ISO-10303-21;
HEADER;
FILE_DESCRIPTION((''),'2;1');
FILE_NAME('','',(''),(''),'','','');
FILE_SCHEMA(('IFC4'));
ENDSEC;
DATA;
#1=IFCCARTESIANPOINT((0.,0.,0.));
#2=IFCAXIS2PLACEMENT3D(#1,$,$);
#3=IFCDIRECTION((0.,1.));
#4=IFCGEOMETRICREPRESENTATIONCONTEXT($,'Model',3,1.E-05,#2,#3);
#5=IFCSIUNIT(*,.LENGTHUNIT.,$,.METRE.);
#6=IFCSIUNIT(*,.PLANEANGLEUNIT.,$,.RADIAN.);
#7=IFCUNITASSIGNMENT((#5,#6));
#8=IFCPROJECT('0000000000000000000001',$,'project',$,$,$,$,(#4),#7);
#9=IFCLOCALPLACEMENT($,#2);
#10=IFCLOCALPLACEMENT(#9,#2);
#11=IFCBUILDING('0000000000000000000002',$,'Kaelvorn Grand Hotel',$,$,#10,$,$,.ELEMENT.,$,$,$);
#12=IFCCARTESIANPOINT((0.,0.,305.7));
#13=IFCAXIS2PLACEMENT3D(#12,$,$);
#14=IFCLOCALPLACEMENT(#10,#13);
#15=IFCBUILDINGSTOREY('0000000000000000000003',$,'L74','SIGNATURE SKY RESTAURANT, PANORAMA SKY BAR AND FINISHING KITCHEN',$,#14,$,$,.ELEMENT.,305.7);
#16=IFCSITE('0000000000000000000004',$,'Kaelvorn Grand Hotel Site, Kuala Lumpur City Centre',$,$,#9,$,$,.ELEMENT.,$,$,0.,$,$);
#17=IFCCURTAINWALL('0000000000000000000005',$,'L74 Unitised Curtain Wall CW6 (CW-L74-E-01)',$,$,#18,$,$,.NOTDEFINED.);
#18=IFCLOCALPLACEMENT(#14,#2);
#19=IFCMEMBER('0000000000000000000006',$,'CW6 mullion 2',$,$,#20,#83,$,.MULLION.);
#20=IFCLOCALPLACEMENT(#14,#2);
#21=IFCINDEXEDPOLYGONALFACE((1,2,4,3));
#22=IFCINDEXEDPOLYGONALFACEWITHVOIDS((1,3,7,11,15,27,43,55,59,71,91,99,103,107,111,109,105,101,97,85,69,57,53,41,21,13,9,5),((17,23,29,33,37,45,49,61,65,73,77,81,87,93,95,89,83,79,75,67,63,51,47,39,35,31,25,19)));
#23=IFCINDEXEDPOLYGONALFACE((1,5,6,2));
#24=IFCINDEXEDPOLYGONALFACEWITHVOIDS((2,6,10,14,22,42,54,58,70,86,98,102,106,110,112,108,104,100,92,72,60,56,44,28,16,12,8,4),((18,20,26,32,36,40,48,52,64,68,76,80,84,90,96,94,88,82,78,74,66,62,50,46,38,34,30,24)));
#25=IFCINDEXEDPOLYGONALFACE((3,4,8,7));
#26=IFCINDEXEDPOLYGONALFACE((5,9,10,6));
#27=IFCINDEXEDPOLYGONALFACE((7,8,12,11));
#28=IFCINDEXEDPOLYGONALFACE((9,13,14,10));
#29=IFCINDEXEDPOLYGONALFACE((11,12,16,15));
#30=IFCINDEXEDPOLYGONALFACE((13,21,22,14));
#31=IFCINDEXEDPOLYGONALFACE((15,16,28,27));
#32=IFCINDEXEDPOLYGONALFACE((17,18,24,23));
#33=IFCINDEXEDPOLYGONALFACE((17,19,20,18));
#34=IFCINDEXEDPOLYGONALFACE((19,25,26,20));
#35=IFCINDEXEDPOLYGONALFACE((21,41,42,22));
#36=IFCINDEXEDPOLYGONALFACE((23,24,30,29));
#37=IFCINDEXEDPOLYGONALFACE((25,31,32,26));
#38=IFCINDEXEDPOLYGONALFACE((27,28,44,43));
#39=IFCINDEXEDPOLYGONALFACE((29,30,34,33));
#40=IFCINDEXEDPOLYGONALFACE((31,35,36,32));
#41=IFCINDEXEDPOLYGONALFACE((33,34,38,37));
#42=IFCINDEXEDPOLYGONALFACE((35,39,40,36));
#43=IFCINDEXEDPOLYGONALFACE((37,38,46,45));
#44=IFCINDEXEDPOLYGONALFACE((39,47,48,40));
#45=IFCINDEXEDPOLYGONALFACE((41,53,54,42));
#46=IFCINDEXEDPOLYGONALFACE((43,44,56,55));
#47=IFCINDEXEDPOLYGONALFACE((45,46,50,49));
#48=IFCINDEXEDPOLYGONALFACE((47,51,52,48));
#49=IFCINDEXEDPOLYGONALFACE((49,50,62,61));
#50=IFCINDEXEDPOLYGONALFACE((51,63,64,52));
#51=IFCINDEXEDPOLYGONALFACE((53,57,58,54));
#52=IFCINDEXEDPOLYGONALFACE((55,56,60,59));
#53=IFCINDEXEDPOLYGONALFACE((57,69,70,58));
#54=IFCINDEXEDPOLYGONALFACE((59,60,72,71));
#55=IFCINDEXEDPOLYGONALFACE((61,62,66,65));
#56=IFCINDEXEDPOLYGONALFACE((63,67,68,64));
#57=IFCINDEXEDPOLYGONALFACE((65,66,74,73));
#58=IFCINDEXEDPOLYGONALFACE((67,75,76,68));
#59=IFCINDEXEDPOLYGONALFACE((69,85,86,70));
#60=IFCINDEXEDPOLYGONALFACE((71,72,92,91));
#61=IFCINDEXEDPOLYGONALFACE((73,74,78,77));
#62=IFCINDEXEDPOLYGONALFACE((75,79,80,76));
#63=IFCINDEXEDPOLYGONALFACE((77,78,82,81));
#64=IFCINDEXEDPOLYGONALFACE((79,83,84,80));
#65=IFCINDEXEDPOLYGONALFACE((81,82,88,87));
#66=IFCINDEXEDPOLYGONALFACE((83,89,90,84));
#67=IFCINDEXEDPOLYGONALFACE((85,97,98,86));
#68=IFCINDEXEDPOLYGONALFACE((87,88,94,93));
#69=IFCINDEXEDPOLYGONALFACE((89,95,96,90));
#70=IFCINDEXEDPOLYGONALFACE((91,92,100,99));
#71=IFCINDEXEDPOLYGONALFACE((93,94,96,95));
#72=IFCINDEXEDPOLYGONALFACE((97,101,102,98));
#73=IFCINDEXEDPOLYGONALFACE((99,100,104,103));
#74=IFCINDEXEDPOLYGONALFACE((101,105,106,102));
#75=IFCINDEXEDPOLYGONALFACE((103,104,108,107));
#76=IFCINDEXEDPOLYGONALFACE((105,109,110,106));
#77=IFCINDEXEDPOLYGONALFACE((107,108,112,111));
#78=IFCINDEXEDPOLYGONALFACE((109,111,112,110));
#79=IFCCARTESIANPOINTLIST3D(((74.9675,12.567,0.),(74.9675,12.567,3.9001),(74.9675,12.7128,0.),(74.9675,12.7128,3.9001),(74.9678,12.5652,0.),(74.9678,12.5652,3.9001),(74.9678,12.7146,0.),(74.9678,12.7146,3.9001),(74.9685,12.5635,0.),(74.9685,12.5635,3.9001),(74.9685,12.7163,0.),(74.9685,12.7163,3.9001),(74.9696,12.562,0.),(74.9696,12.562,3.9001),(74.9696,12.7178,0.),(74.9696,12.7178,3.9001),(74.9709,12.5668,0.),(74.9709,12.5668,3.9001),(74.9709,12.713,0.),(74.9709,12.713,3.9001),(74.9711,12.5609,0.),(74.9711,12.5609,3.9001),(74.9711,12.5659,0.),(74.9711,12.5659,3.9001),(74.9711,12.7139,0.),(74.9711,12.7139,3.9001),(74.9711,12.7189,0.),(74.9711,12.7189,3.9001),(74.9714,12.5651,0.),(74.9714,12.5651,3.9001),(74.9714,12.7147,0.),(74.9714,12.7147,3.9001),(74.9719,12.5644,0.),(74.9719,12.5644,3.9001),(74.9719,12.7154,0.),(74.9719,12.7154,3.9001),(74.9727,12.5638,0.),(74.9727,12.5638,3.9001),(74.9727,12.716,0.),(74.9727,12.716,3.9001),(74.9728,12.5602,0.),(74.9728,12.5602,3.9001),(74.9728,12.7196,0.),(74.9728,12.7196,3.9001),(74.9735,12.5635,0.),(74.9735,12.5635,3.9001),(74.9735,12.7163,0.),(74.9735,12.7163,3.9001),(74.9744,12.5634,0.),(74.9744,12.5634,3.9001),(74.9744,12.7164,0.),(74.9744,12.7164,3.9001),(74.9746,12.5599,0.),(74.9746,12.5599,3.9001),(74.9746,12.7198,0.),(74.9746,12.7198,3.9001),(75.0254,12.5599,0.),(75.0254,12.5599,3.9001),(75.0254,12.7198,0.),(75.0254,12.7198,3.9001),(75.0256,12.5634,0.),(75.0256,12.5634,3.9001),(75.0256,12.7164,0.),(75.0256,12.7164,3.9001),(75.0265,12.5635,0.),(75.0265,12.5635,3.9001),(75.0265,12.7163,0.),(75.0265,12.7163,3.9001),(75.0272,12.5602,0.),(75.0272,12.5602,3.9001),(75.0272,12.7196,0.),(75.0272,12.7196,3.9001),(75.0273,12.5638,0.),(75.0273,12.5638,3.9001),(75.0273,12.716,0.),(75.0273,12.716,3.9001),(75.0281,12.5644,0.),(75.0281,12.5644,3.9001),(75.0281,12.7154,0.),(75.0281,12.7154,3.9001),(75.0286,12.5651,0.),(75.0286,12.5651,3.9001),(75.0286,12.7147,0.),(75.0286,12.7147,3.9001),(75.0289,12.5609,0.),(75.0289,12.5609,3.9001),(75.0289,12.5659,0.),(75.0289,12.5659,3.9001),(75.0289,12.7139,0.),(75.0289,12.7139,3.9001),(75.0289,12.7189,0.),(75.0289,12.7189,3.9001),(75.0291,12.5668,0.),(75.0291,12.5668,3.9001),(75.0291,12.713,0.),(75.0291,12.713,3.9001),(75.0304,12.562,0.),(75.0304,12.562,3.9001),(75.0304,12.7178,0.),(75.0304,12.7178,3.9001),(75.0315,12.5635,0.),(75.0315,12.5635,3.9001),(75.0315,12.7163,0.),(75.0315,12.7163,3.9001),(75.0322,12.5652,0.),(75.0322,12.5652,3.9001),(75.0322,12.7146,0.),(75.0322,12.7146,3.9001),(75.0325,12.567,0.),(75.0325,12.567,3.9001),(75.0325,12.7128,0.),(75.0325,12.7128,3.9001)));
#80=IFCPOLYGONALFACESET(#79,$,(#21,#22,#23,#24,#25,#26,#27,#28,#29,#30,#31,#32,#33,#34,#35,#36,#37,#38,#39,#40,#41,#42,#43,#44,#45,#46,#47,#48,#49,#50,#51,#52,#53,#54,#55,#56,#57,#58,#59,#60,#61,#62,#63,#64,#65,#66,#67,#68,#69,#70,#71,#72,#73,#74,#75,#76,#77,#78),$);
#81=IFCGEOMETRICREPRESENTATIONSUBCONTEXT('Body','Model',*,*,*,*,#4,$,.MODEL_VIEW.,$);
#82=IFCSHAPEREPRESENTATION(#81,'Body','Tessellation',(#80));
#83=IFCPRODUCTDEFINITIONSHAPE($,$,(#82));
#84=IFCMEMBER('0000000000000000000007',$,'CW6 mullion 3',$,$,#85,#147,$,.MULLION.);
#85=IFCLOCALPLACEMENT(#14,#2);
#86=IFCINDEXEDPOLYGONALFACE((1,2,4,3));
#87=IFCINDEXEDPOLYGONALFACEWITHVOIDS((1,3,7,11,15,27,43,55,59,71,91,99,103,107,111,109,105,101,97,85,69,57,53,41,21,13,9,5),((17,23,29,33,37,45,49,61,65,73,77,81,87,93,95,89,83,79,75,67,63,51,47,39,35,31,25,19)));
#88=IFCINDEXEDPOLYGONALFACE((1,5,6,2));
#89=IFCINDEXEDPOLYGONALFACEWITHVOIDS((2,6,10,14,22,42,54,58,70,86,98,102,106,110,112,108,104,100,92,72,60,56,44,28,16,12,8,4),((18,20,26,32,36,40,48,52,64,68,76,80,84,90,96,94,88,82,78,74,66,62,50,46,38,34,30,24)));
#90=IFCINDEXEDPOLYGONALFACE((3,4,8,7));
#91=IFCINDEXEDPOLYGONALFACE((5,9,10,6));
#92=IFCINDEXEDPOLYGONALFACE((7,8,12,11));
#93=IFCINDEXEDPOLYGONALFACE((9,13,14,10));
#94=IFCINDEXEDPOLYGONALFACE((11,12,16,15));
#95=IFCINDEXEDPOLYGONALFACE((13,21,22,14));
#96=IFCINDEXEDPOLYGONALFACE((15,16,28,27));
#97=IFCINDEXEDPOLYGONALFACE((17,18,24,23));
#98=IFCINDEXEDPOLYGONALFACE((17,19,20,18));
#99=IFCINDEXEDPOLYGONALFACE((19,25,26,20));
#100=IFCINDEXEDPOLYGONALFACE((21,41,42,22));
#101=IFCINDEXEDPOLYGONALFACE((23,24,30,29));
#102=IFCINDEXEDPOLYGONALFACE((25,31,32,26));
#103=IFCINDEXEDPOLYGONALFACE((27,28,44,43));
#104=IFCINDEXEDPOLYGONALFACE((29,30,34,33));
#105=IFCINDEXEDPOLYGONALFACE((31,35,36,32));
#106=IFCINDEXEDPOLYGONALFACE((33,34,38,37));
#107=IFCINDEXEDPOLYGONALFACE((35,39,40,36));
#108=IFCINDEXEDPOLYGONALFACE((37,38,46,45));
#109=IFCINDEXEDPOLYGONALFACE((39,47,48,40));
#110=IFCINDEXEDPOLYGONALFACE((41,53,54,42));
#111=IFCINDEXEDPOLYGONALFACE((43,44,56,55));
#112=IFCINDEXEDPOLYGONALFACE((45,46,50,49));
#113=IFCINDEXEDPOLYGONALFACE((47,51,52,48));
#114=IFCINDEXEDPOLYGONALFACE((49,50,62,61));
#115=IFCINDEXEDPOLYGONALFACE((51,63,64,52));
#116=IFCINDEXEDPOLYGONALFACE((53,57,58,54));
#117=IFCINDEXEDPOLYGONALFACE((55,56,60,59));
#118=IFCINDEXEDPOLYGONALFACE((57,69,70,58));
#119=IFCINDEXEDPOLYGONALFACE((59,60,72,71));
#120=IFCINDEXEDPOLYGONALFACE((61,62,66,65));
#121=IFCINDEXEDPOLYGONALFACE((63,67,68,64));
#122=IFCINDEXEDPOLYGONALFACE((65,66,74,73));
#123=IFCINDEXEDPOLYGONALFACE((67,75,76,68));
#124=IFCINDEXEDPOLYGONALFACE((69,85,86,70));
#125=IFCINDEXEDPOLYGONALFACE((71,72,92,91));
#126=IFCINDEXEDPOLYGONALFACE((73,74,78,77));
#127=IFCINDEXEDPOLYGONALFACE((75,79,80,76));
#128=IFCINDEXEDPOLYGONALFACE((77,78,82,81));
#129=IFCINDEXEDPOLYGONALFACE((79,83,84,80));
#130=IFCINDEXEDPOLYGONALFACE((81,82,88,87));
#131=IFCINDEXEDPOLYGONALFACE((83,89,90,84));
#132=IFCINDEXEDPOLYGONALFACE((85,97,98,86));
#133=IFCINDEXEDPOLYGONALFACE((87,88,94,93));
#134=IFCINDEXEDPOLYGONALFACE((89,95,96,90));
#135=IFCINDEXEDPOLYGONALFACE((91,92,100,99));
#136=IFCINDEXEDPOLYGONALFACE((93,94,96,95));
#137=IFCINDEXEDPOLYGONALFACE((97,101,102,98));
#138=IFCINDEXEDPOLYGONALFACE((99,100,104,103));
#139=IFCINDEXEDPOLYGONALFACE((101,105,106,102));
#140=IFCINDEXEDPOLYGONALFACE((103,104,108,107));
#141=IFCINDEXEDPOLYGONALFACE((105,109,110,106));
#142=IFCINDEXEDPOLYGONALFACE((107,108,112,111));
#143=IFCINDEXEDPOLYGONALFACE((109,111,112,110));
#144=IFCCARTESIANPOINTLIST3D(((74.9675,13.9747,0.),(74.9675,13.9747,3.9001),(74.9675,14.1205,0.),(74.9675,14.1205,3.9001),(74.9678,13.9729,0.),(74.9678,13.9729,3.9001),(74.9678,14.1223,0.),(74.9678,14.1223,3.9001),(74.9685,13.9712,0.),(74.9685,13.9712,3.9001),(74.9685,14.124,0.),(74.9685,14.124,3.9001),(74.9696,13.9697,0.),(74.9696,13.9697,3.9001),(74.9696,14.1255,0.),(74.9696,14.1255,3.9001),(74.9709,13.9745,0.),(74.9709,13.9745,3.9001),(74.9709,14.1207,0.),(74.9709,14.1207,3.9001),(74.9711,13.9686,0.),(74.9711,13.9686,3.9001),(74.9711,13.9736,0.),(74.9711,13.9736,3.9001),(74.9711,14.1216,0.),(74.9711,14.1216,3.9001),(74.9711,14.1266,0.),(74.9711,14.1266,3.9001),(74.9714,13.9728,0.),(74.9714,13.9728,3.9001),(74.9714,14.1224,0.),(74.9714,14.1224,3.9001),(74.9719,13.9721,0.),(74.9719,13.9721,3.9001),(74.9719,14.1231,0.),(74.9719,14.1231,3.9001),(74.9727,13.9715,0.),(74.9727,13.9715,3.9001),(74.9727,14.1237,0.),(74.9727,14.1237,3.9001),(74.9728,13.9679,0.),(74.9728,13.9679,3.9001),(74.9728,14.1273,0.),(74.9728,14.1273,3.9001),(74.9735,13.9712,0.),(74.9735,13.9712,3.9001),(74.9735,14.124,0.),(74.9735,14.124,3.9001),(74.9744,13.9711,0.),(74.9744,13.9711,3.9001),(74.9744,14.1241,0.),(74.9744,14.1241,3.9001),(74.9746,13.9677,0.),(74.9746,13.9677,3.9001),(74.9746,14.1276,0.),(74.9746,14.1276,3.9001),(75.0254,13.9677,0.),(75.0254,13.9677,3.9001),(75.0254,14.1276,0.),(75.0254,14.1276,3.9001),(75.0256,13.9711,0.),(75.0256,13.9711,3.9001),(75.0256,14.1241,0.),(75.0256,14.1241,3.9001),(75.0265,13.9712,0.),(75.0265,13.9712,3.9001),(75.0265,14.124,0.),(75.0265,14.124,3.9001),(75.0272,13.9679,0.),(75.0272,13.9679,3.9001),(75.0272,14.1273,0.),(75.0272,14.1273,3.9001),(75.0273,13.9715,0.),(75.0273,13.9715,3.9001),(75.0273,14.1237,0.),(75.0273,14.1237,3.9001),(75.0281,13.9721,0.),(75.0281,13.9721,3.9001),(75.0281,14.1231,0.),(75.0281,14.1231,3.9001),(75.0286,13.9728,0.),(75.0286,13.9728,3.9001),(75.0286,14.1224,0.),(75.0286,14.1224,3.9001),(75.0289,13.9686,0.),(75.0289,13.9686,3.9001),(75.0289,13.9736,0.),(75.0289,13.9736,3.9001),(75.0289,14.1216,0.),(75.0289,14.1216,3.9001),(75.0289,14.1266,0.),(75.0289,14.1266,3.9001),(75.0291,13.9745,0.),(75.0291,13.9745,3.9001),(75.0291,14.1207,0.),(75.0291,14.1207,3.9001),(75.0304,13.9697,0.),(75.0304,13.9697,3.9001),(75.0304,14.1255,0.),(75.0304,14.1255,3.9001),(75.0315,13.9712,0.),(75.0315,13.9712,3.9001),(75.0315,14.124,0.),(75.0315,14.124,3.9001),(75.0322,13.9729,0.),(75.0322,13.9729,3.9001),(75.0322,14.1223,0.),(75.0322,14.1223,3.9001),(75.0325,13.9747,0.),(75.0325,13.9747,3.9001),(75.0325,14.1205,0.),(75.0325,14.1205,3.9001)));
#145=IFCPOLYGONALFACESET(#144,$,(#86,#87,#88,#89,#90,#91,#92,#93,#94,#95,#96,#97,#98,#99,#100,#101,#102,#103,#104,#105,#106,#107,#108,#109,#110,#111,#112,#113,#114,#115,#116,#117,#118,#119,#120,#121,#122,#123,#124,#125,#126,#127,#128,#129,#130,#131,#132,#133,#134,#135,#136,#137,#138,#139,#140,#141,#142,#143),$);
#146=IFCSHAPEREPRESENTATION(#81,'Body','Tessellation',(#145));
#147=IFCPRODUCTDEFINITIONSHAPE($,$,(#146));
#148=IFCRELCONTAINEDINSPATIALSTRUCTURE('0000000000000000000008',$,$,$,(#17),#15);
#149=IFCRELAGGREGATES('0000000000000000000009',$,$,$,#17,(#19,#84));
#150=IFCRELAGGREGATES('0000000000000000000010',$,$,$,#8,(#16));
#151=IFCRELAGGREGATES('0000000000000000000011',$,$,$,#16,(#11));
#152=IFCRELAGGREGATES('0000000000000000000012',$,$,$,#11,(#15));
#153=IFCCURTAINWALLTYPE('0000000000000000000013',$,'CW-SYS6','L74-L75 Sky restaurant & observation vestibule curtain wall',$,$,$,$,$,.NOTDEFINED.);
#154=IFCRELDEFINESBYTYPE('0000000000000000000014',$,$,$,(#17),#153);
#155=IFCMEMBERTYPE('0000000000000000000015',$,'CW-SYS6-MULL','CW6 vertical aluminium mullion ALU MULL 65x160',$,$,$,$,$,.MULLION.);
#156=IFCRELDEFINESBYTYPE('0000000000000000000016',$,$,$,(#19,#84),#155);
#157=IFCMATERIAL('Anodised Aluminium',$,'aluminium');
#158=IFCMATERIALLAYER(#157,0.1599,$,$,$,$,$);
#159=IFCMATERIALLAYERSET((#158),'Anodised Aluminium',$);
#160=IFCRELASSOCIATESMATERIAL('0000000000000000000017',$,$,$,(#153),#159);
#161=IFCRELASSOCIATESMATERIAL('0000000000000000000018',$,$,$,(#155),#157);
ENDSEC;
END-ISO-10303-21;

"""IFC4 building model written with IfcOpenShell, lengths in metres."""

from ifc_helpers import new_model, si_unit, direction, frame, origin, origin_2d, place, context, subcontext, project, spatial, hollow_rectangle, extrude, material, layer, layer_set, material_profile, profile_set, type_object, element, aggregate, save


model = new_model("IFC4")

# Units and contexts
model_context = context("Model", 3, precision=1e-05, world=origin(), true_north=direction((0.0, 1.0)))
body_context = subcontext(model_context, "Body", "Model", "MODEL_VIEW")
ifc_project = project(units=[si_unit("LENGTHUNIT", "METRE"), si_unit("PLANEANGLEUNIT", "RADIAN")], contexts=[model_context])

# Site, building, storey
site_placement = place(None, origin())
site = spatial("IfcSite", under=ifc_project, at=site_placement, Name="Kaelvorn Grand Hotel Site, Kuala Lumpur City Centre", CompositionType="ELEMENT", RefElevation=0.0)
building_placement = place(site_placement, origin())
building = spatial("IfcBuilding", under=site, at=building_placement, Name="Kaelvorn Grand Hotel", CompositionType="ELEMENT")
storey_placement = place(building_placement, frame((0.0, 0.0, 305.7)))
storey = spatial("IfcBuildingStorey", under=building, at=storey_placement, Name="L74", Description="SIGNATURE SKY RESTAURANT, PANORAMA SKY BAR AND FINISHING KITCHEN", CompositionType="ELEMENT", Elevation=305.7)

# Curtain wall, members
ifc_material_1 = material(Name="Anodised Aluminium", Category="aluminium")
ifc_layer_1 = layer(ifc_material_1, 0.1599)
ifc_layer_set_1 = layer_set([ifc_layer_1], Name="Anodised Aluminium")
curtain_wall_type = type_object("IfcCurtainWallType", Name="CW-SYS6", Description="L74-L75 Sky restaurant & observation vestibule curtain wall", PredefinedType="NOTDEFINED", material=ifc_layer_set_1)
curtain_wall_placement = place(storey_placement, origin())
curtain_wall = element("IfcCurtainWall", 1, at=curtain_wall_placement, inside=storey, type_object=curtain_wall_type, Name="L74 Unitised Curtain Wall CW6 (CW-L74-E-01)", PredefinedType="NOTDEFINED")
ifc_material_profile_1 = material_profile(ifc_material_1, hollow_rectangle(XDim=0.0649, YDim=0.1599, WallThickness=0.0034, InnerFilletRadius=0.0034, OuterFilletRadius=0.0071, at=origin_2d()), Name="ALU MULL 65x160")
ifc_profile_set_1 = profile_set([ifc_material_profile_1], Name="Anodised Aluminium")
member_type_1 = type_object("IfcMemberType", Name="CW-SYS6-MULL", Description="CW6 vertical aluminium mullion ALU MULL 65x160", PredefinedType="MULLION", material=ifc_profile_set_1)
member_1_placement = place(storey_placement, frame((75.0, 12.6399, 0.0), z_axis=(0.0, 0.0, 1.0), x_axis=(-1.0, 0.0, 0.0)))
member_1 = element("IfcMember", 2, at=member_1_placement, type_object=member_type_1, Name="CW6 mullion 2", PredefinedType="MULLION", context=body_context, shape_type="SweptSolid", body=[
    extrude(hollow_rectangle(XDim=0.0649, YDim=0.1599, WallThickness=0.0034, InnerFilletRadius=0.0034, OuterFilletRadius=0.0071, at=origin_2d()), origin(), (0.0, 0.0, 1.0), 3.9001),
])
member_2_placement = place(storey_placement, frame((75.0, 14.0476, 0.0), z_axis=(0.0, 0.0, 1.0), x_axis=(-1.0, 0.0, 0.0)))
member_2 = element("IfcMember", 3, at=member_2_placement, type_object=member_type_1, Name="CW6 mullion 3", PredefinedType="MULLION", context=body_context, shape_type="SweptSolid", body=[
    extrude(hollow_rectangle(XDim=0.0649, YDim=0.1599, WallThickness=0.0034, InnerFilletRadius=0.0034, OuterFilletRadius=0.0071, at=origin_2d()), origin(), (0.0, 0.0, 1.0), 3.9001),
])
aggregate(curtain_wall, [member_1, member_2])

save(model, "model.ifc")
